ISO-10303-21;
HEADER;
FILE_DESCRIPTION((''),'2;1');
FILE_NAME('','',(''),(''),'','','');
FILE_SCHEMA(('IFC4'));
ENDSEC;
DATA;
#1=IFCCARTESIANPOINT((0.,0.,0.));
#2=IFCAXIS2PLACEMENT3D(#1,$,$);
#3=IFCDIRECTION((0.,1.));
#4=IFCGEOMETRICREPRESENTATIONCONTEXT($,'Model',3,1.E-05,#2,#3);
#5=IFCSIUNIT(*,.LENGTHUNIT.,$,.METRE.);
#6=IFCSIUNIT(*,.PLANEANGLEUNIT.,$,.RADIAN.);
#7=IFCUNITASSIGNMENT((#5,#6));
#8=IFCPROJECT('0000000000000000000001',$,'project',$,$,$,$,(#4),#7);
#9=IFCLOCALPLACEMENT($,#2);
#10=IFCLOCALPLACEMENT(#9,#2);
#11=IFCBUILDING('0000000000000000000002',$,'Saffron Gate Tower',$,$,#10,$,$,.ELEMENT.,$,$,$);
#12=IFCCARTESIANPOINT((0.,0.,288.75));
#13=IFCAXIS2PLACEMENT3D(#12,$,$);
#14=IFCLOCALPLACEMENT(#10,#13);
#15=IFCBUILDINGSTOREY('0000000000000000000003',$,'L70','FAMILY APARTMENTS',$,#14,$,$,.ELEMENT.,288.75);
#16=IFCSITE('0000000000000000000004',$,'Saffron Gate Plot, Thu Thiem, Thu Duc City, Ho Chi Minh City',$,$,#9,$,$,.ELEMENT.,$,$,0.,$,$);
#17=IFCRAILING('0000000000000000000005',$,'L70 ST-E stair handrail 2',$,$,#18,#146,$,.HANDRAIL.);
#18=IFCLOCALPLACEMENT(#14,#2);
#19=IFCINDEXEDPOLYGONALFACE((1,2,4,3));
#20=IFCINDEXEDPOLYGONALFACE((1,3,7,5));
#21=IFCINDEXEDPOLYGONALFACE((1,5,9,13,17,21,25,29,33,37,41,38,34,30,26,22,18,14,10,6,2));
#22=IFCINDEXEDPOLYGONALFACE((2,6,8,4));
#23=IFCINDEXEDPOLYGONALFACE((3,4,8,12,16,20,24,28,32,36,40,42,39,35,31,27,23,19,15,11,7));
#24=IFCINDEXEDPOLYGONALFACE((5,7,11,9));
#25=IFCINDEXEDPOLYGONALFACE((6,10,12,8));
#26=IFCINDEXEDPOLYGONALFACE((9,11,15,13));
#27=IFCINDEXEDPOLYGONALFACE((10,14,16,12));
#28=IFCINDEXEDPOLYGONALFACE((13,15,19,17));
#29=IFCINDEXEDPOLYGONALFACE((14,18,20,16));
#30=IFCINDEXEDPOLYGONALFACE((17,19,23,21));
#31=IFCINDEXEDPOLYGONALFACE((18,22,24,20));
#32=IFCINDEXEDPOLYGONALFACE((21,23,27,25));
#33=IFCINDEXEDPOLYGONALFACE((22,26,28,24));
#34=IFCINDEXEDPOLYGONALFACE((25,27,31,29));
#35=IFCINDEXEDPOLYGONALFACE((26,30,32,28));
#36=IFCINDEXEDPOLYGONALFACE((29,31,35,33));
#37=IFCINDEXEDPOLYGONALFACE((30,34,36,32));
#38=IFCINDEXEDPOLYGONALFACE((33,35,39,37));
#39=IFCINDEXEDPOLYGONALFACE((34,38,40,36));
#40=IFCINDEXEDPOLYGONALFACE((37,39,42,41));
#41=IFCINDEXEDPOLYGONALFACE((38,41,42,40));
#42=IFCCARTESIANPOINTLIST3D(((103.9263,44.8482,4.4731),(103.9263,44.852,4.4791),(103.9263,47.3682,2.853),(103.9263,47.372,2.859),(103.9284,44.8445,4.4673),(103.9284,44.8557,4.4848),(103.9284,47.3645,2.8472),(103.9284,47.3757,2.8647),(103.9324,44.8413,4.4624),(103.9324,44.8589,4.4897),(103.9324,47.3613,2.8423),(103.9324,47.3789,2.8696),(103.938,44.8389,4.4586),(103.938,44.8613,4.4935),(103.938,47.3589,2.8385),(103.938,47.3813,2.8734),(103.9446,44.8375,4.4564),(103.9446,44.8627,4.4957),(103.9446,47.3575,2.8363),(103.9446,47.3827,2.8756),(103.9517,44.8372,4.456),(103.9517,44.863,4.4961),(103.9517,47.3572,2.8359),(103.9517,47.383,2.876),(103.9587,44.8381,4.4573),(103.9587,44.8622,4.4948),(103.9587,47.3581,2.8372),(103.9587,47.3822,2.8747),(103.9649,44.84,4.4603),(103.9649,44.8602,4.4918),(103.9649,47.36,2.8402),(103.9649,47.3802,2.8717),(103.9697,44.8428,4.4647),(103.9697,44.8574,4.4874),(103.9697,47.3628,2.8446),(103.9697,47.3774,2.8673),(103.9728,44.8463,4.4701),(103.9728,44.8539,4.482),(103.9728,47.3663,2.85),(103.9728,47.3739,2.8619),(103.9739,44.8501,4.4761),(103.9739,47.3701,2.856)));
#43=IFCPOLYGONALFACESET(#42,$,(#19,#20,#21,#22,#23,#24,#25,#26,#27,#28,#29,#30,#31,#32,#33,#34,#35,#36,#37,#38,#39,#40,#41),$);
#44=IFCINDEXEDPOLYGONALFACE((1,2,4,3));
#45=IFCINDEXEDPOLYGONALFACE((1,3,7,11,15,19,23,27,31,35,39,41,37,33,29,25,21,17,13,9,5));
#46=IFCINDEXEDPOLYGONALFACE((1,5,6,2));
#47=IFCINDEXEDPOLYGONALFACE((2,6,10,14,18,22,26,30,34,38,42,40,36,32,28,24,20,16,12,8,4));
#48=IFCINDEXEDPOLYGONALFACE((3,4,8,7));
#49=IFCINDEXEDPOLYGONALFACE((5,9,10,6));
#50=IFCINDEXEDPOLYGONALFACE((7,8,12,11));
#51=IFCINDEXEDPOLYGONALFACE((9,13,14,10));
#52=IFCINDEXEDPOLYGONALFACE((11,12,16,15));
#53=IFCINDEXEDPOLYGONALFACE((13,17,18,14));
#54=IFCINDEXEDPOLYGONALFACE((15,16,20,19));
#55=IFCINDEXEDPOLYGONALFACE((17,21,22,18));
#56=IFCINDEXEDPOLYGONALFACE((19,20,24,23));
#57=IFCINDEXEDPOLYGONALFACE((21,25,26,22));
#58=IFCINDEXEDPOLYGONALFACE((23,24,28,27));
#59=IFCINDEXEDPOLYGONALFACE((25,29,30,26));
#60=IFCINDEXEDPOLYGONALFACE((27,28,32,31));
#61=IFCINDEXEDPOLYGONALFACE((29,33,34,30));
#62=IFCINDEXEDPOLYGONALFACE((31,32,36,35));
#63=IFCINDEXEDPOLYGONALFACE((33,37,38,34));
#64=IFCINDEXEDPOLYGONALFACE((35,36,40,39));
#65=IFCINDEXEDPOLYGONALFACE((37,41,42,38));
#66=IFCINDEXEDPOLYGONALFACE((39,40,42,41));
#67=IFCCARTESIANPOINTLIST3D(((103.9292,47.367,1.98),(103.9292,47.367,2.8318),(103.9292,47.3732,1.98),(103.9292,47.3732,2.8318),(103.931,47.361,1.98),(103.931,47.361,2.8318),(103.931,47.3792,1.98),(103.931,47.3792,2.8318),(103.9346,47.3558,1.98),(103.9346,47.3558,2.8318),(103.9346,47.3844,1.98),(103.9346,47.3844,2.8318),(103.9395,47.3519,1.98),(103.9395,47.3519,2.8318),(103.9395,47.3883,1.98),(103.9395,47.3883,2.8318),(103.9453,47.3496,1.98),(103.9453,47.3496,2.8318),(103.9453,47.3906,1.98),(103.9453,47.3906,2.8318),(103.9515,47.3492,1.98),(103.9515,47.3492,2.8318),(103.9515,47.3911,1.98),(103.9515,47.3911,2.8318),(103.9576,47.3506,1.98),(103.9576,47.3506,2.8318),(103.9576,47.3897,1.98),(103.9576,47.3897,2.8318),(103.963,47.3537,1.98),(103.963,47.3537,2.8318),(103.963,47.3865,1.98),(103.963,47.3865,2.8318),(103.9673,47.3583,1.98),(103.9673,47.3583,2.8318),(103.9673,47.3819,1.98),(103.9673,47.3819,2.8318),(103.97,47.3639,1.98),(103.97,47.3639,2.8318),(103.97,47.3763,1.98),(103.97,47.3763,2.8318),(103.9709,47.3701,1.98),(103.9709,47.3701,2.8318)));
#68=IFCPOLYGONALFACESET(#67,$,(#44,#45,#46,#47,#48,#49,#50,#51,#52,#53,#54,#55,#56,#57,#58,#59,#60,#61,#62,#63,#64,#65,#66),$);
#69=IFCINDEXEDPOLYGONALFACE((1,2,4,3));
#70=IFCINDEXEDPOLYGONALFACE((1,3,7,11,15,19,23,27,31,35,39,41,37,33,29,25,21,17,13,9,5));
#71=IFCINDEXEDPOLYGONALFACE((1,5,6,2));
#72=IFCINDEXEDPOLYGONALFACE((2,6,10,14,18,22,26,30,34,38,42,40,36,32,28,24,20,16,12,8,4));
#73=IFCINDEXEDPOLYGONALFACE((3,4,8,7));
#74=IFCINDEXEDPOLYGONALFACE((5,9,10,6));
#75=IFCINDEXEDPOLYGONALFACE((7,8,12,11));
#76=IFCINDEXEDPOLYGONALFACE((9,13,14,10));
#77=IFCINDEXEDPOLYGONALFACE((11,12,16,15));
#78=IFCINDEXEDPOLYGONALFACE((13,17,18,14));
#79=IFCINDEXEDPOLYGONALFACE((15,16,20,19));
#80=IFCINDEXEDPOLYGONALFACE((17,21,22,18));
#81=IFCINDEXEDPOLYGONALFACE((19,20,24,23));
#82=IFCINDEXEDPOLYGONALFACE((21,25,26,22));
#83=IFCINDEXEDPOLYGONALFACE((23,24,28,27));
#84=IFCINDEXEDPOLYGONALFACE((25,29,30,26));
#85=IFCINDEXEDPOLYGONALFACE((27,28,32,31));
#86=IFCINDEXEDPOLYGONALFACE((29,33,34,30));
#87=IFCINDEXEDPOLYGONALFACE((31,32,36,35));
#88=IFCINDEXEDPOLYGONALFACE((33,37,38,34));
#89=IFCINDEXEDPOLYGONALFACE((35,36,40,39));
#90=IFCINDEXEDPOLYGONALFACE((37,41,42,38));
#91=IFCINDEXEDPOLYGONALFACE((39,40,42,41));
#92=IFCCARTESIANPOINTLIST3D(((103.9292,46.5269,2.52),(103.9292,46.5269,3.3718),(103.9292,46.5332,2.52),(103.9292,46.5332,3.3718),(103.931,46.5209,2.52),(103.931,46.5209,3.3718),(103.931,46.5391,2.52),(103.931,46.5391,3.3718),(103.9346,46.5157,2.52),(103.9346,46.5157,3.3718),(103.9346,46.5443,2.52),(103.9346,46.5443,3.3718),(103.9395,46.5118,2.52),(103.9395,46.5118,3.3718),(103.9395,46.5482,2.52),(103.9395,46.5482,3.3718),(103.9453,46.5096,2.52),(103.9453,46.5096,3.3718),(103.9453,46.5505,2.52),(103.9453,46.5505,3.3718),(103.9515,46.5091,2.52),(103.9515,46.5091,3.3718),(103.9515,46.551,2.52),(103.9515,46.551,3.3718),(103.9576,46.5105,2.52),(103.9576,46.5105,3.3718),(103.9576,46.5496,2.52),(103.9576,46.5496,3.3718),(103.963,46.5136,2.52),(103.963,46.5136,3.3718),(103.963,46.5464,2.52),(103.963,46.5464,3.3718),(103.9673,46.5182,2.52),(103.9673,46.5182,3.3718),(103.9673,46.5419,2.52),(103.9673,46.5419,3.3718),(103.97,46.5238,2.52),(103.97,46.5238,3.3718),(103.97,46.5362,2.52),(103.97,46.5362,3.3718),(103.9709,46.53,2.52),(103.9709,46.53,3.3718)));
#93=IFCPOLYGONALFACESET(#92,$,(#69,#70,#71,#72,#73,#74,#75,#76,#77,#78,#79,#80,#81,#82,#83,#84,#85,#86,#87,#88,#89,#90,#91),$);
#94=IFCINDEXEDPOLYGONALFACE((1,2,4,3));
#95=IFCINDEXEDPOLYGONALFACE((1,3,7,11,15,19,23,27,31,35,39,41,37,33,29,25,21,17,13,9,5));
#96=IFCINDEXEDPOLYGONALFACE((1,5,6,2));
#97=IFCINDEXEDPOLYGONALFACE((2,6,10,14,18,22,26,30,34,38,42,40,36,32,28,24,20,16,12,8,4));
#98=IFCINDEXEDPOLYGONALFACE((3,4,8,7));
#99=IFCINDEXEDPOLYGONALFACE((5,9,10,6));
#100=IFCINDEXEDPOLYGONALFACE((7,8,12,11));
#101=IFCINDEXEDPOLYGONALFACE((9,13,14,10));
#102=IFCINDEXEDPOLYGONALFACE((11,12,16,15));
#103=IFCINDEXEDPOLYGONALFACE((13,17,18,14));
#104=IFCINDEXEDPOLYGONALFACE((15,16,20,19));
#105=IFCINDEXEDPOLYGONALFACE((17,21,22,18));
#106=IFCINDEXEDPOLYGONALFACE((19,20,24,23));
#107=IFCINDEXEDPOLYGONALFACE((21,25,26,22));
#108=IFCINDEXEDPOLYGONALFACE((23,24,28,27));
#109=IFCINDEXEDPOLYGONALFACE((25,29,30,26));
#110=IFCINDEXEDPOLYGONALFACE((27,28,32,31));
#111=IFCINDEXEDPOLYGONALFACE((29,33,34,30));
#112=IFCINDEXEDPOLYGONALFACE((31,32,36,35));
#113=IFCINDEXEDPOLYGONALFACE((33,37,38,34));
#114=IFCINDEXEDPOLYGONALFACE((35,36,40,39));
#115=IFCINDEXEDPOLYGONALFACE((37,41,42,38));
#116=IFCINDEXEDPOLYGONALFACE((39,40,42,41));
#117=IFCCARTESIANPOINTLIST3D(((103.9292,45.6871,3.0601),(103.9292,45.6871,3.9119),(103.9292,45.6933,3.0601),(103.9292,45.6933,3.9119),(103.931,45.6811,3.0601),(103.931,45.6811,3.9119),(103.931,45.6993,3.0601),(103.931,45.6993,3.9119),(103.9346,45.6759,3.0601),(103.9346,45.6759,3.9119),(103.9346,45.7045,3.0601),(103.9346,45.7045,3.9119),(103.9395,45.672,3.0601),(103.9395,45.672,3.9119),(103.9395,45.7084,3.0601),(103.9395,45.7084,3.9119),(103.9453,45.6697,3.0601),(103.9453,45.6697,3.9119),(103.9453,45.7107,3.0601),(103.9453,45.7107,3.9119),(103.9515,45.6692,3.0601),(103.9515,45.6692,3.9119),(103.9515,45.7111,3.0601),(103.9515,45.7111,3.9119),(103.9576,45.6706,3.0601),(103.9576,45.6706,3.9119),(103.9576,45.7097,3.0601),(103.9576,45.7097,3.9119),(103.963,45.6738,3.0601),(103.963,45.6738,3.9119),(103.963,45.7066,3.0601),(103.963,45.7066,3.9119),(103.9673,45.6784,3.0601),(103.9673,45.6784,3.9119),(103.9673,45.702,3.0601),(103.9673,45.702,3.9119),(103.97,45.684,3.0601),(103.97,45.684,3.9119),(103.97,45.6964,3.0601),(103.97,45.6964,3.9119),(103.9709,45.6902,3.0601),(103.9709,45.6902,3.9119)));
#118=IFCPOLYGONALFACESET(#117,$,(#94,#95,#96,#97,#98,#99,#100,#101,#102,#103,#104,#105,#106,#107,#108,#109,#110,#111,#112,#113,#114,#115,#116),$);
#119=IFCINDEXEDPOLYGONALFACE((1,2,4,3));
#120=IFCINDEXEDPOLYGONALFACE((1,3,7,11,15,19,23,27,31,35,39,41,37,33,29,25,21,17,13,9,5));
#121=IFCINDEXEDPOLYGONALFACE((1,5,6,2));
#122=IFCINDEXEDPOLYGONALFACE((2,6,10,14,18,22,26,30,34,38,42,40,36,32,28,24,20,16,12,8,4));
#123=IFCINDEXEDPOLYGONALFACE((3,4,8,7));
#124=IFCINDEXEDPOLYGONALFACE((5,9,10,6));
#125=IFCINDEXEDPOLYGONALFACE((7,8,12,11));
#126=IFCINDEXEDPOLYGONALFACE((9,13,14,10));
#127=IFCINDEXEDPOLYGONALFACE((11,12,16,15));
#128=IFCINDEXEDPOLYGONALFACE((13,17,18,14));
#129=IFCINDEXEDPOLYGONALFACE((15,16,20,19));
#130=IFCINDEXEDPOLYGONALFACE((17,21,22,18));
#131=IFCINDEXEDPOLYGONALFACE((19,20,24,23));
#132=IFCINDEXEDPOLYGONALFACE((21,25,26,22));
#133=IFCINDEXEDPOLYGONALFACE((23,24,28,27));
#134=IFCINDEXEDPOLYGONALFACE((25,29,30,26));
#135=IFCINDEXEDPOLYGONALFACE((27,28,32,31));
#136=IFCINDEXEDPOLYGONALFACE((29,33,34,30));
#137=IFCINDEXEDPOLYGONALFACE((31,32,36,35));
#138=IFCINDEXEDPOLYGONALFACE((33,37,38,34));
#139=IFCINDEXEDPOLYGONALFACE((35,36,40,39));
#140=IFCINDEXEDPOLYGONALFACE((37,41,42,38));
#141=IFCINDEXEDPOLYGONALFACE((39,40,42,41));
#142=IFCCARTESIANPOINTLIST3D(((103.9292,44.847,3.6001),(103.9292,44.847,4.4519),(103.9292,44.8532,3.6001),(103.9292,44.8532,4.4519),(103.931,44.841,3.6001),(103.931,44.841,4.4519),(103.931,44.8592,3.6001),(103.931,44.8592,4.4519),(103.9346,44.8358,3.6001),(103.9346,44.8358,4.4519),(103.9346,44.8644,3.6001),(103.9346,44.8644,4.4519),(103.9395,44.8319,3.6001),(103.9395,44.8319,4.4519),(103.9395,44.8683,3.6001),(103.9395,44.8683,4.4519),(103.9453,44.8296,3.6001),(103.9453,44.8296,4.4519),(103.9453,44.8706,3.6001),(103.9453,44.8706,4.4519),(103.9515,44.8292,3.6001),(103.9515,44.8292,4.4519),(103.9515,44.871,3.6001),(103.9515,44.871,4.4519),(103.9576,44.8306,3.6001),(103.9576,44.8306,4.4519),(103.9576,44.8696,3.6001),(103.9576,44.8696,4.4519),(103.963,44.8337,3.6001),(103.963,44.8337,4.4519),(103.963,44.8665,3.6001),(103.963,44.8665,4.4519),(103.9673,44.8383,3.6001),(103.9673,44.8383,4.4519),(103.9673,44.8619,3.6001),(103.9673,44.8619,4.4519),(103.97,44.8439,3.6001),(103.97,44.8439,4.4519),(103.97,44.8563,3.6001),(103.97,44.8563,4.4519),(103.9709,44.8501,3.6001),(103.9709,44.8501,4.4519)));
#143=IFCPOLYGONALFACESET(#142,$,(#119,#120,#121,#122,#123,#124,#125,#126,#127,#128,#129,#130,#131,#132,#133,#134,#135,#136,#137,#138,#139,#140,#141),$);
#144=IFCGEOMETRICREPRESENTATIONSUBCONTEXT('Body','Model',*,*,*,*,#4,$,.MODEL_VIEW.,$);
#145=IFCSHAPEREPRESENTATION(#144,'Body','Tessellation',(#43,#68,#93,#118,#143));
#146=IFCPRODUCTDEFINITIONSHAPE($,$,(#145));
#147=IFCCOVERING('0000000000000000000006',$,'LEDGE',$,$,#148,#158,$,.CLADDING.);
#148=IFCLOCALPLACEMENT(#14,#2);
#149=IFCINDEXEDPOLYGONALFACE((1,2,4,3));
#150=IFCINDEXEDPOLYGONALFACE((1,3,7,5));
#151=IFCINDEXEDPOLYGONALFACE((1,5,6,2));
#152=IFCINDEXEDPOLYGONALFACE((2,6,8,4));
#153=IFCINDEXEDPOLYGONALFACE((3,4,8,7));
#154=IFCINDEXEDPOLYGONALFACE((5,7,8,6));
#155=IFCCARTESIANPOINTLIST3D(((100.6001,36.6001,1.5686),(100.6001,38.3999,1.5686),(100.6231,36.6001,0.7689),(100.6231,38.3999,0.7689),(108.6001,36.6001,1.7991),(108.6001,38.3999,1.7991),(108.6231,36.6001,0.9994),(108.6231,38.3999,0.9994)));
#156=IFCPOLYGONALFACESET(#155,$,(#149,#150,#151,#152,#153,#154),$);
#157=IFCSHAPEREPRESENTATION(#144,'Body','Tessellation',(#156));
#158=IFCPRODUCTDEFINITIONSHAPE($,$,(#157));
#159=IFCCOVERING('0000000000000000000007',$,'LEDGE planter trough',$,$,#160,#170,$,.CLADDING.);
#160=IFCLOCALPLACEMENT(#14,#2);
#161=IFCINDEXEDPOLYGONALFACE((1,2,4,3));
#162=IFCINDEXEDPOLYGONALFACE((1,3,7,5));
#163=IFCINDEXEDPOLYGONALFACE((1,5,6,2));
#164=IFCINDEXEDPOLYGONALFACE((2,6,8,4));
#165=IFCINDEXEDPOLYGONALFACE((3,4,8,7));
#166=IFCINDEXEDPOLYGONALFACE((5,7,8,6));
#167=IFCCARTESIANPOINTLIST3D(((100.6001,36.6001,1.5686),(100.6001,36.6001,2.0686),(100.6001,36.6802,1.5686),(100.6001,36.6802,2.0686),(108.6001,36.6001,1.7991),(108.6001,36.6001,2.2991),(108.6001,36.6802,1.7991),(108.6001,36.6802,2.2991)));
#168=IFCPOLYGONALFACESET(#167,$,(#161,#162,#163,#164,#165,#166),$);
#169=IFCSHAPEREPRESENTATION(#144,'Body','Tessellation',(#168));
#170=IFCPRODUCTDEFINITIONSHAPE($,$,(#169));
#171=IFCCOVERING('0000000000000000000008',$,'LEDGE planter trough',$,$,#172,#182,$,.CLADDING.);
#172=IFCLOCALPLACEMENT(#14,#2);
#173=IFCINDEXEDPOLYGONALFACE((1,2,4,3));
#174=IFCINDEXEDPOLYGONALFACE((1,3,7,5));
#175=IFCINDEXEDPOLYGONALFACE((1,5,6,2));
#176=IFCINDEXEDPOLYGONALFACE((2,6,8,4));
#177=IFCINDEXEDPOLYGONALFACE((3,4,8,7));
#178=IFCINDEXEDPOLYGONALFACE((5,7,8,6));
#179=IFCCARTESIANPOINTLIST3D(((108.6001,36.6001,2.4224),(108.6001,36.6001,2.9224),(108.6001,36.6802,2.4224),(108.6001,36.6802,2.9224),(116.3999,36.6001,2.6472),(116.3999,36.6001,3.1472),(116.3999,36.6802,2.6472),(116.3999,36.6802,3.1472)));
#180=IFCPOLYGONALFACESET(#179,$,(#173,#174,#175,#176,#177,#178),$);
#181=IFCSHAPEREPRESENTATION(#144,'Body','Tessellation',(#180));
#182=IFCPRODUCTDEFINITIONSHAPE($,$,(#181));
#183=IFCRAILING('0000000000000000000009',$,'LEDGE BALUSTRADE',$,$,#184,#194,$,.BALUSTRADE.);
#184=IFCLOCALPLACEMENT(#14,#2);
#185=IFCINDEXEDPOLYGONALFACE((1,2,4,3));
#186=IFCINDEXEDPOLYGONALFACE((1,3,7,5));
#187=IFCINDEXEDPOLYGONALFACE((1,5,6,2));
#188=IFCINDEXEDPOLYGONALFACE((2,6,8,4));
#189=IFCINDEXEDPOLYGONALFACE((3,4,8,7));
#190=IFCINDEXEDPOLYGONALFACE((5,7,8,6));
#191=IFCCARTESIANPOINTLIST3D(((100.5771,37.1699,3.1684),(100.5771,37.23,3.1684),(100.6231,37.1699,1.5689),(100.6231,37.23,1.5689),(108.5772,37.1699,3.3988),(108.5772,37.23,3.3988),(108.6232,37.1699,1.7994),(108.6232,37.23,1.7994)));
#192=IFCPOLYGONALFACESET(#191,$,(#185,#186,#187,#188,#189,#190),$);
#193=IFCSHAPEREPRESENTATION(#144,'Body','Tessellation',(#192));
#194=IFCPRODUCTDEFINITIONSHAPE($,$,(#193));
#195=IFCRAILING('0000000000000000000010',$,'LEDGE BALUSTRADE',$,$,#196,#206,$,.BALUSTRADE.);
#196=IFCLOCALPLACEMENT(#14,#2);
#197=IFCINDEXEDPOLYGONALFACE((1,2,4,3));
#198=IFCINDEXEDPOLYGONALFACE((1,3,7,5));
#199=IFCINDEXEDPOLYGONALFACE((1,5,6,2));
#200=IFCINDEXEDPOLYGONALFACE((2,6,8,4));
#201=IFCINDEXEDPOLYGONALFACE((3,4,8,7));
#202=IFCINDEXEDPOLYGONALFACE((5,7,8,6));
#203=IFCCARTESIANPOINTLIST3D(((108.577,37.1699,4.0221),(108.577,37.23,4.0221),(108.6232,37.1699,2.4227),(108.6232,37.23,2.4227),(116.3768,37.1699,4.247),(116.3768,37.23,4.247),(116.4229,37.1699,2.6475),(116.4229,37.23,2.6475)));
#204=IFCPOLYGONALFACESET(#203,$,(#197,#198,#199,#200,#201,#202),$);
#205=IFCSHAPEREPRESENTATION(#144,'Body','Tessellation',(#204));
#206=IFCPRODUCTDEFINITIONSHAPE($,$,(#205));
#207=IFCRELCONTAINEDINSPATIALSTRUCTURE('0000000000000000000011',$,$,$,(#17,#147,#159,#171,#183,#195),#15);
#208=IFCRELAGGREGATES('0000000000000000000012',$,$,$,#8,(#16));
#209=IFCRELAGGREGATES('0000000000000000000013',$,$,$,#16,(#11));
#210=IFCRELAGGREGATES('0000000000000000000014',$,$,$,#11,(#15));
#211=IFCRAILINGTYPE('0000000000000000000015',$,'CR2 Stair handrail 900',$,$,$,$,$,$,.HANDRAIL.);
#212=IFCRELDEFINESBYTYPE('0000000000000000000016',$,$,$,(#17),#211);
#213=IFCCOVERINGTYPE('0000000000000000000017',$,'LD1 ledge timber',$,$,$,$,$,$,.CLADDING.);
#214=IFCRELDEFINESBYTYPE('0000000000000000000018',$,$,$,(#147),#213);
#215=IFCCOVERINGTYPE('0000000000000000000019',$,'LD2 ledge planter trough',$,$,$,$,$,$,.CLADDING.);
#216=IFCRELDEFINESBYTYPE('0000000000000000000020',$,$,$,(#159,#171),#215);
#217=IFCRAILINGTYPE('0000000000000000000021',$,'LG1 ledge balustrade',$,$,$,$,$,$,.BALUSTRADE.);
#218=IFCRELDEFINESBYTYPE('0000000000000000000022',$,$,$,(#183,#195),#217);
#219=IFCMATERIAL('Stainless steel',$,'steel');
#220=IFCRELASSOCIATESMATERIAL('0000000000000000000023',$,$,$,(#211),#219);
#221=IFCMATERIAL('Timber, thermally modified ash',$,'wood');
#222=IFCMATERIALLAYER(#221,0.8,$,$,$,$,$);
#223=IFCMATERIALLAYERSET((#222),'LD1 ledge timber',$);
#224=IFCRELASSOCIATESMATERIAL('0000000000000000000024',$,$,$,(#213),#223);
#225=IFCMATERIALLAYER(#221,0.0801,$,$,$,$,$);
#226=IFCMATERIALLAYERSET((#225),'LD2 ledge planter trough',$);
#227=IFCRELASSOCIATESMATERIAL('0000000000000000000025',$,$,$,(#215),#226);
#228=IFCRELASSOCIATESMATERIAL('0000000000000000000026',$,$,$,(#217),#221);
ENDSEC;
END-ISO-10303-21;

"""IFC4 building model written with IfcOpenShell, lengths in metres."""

from ifc_helpers import new_model, si_unit, direction, frame, origin, origin_2d, place, context, subcontext, project, spatial, polyline, rectangle, circle, outline, extrude, material, layer, layer_set, type_object, element, save


model = new_model("IFC4")

# Units and contexts
model_context = context("Model", 3, precision=1e-05, world=origin(), true_north=direction((0.0, 1.0)))
body_context = subcontext(model_context, "Body", "Model", "MODEL_VIEW")
ifc_project = project(units=[si_unit("LENGTHUNIT", "METRE"), si_unit("PLANEANGLEUNIT", "RADIAN")], contexts=[model_context])

# Site, building, storey
site_placement = place(None, origin())
site = spatial("IfcSite", under=ifc_project, at=site_placement, Name="Saffron Gate Plot, Thu Thiem, Thu Duc City, Ho Chi Minh City", CompositionType="ELEMENT", RefElevation=0.0)
building_placement = place(site_placement, origin())
building = spatial("IfcBuilding", under=site, at=building_placement, Name="Saffron Gate Tower", CompositionType="ELEMENT")
storey_placement = place(building_placement, frame((0.0, 0.0, 288.75)))
storey = spatial("IfcBuildingStorey", under=building, at=storey_placement, Name="L70", Description="FAMILY APARTMENTS", CompositionType="ELEMENT", Elevation=288.75)

# Railing
ifc_material_1 = material(Name="Stainless steel", Category="steel")
railing_type_1 = type_object("IfcRailingType", Name="CR2 Stair handrail 900", PredefinedType="HANDRAIL", material=ifc_material_1)
railing_1_placement = place(storey_placement, frame((103.95, 47.3701, 1.98)))
element("IfcRailing", 1, at=railing_1_placement, inside=storey, type_object=railing_type_1, Name="L70 ST-E stair handrail 2", PredefinedType="HANDRAIL", context=body_context, shape_type="SweptSolid", body=[
    extrude(circle(Radius=0.0239, at=origin_2d()), frame((0.0, 0.0, 0.876), z_axis=(0.0, -0.841163, 0.540782), x_axis=(1.0, 0.0, 0.0)), (0.0, 0.0, 1.0), 2.9958),
    extrude(circle(Radius=0.021, at=origin_2d()), origin(), (0.0, 0.0, 1.0), 0.8518),
    extrude(circle(Radius=0.021, at=origin_2d()), frame((0.0, -0.8401, 0.54)), (0.0, 0.0, 1.0), 0.8518),
    extrude(circle(Radius=0.021, at=origin_2d()), frame((0.0, -1.6799, 1.0801)), (0.0, 0.0, 1.0), 0.8518),
    extrude(circle(Radius=0.021, at=origin_2d()), frame((0.0, -2.52, 1.6201)), (0.0, 0.0, 1.0), 0.8518),
])

# Coverings
ifc_material_2 = material(Name="Timber, thermally modified ash", Category="wood")
ifc_layer_1 = layer(ifc_material_2, 0.8)
ifc_layer_set_1 = layer_set([ifc_layer_1], Name="LD1 ledge timber")
covering_type_1 = type_object("IfcCoveringType", Name="LD1 ledge timber", PredefinedType="CLADDING", material=ifc_layer_set_1)
covering_1_placement = place(storey_placement, frame((100.6001, 38.3999, 1.5686), z_axis=(-0.028797, 0.0, 0.999585), x_axis=(0.999585, 0.0, 0.028797)))
element("IfcCovering", 2, at=covering_1_placement, inside=storey, type_object=covering_type_1, Name="LEDGE", PredefinedType="CLADDING", context=body_context, shape_type="SweptSolid", body=[
    extrude(outline(polyline([(0.0, 0.0), (8.0033, 0.0), (8.0033, -1.7998), (0.0, -1.7998), (0.0, 0.0)])), origin(), (0.0, 0.0, -1.0), 0.8),
])
ifc_layer_2 = layer(ifc_material_2, 0.0801)
ifc_layer_set_2 = layer_set([ifc_layer_2], Name="LD2 ledge planter trough")
covering_type_2 = type_object("IfcCoveringType", Name="LD2 ledge planter trough", PredefinedType="CLADDING", material=ifc_layer_set_2)
covering_2_placement = place(storey_placement, frame((100.6001, 36.6001, 1.5686), z_axis=(0.0, -1.0, 0.0), x_axis=(0.999585, 0.0, 0.028797)))
element("IfcCovering", 3, at=covering_2_placement, inside=storey, type_object=covering_type_2, Name="LEDGE planter trough", PredefinedType="CLADDING", context=body_context, shape_type="SweptSolid", body=[
    extrude(outline(polyline([(0.0, 0.0), (8.0033, 0.0), (8.0177, 0.4998), (0.0144, 0.4998), (0.0, 0.0)])), origin(), (0.0, 0.0, -1.0), 0.0801),
])
covering_3_placement = place(storey_placement, frame((108.6001, 36.6001, 2.4224), z_axis=(0.0, -1.0, 0.0), x_axis=(0.999585, 0.0, 0.028816)))
element("IfcCovering", 4, at=covering_3_placement, inside=storey, type_object=covering_type_2, Name="LEDGE planter trough", PredefinedType="CLADDING", context=body_context, shape_type="SweptSolid", body=[
    extrude(outline(polyline([(0.0, 0.0), (7.803, 0.0), (7.8175, 0.4998), (0.0144, 0.4998), (0.0, 0.0)])), origin(), (0.0, 0.0, -1.0), 0.0801),
])

# Railings
railing_type_2 = type_object("IfcRailingType", Name="LG1 ledge balustrade", PredefinedType="BALUSTRADE", material=ifc_material_2)
railing_2_placement = place(storey_placement, frame((100.6001, 37.2, 1.5686)))
element("IfcRailing", 5, at=railing_2_placement, inside=storey, type_object=railing_type_2, Name="LEDGE BALUSTRADE", PredefinedType="BALUSTRADE", context=body_context, shape_type="SweptSolid", body=[
    extrude(rectangle(XDim=0.0601, YDim=1.6001, at=origin_2d()), frame((0.0, 0.0, 0.8), z_axis=(0.999585, 0.0, 0.028797), x_axis=(0.0, 1.0, 0.0)), (0.0, 0.0, 1.0), 8.0034),
])
railing_3_placement = place(storey_placement, frame((108.6001, 37.2, 2.4224)))
element("IfcRailing", 6, at=railing_3_placement, inside=storey, type_object=railing_type_2, Name="LEDGE BALUSTRADE", PredefinedType="BALUSTRADE", context=body_context, shape_type="SweptSolid", body=[
    extrude(rectangle(XDim=0.0601, YDim=1.6001, at=origin_2d()), frame((0.0, 0.0, 0.8), z_axis=(0.999585, 0.0, 0.028816), x_axis=(0.0, 1.0, 0.0)), (0.0, 0.0, 1.0), 7.803),
])

save(model, "model.ifc")
